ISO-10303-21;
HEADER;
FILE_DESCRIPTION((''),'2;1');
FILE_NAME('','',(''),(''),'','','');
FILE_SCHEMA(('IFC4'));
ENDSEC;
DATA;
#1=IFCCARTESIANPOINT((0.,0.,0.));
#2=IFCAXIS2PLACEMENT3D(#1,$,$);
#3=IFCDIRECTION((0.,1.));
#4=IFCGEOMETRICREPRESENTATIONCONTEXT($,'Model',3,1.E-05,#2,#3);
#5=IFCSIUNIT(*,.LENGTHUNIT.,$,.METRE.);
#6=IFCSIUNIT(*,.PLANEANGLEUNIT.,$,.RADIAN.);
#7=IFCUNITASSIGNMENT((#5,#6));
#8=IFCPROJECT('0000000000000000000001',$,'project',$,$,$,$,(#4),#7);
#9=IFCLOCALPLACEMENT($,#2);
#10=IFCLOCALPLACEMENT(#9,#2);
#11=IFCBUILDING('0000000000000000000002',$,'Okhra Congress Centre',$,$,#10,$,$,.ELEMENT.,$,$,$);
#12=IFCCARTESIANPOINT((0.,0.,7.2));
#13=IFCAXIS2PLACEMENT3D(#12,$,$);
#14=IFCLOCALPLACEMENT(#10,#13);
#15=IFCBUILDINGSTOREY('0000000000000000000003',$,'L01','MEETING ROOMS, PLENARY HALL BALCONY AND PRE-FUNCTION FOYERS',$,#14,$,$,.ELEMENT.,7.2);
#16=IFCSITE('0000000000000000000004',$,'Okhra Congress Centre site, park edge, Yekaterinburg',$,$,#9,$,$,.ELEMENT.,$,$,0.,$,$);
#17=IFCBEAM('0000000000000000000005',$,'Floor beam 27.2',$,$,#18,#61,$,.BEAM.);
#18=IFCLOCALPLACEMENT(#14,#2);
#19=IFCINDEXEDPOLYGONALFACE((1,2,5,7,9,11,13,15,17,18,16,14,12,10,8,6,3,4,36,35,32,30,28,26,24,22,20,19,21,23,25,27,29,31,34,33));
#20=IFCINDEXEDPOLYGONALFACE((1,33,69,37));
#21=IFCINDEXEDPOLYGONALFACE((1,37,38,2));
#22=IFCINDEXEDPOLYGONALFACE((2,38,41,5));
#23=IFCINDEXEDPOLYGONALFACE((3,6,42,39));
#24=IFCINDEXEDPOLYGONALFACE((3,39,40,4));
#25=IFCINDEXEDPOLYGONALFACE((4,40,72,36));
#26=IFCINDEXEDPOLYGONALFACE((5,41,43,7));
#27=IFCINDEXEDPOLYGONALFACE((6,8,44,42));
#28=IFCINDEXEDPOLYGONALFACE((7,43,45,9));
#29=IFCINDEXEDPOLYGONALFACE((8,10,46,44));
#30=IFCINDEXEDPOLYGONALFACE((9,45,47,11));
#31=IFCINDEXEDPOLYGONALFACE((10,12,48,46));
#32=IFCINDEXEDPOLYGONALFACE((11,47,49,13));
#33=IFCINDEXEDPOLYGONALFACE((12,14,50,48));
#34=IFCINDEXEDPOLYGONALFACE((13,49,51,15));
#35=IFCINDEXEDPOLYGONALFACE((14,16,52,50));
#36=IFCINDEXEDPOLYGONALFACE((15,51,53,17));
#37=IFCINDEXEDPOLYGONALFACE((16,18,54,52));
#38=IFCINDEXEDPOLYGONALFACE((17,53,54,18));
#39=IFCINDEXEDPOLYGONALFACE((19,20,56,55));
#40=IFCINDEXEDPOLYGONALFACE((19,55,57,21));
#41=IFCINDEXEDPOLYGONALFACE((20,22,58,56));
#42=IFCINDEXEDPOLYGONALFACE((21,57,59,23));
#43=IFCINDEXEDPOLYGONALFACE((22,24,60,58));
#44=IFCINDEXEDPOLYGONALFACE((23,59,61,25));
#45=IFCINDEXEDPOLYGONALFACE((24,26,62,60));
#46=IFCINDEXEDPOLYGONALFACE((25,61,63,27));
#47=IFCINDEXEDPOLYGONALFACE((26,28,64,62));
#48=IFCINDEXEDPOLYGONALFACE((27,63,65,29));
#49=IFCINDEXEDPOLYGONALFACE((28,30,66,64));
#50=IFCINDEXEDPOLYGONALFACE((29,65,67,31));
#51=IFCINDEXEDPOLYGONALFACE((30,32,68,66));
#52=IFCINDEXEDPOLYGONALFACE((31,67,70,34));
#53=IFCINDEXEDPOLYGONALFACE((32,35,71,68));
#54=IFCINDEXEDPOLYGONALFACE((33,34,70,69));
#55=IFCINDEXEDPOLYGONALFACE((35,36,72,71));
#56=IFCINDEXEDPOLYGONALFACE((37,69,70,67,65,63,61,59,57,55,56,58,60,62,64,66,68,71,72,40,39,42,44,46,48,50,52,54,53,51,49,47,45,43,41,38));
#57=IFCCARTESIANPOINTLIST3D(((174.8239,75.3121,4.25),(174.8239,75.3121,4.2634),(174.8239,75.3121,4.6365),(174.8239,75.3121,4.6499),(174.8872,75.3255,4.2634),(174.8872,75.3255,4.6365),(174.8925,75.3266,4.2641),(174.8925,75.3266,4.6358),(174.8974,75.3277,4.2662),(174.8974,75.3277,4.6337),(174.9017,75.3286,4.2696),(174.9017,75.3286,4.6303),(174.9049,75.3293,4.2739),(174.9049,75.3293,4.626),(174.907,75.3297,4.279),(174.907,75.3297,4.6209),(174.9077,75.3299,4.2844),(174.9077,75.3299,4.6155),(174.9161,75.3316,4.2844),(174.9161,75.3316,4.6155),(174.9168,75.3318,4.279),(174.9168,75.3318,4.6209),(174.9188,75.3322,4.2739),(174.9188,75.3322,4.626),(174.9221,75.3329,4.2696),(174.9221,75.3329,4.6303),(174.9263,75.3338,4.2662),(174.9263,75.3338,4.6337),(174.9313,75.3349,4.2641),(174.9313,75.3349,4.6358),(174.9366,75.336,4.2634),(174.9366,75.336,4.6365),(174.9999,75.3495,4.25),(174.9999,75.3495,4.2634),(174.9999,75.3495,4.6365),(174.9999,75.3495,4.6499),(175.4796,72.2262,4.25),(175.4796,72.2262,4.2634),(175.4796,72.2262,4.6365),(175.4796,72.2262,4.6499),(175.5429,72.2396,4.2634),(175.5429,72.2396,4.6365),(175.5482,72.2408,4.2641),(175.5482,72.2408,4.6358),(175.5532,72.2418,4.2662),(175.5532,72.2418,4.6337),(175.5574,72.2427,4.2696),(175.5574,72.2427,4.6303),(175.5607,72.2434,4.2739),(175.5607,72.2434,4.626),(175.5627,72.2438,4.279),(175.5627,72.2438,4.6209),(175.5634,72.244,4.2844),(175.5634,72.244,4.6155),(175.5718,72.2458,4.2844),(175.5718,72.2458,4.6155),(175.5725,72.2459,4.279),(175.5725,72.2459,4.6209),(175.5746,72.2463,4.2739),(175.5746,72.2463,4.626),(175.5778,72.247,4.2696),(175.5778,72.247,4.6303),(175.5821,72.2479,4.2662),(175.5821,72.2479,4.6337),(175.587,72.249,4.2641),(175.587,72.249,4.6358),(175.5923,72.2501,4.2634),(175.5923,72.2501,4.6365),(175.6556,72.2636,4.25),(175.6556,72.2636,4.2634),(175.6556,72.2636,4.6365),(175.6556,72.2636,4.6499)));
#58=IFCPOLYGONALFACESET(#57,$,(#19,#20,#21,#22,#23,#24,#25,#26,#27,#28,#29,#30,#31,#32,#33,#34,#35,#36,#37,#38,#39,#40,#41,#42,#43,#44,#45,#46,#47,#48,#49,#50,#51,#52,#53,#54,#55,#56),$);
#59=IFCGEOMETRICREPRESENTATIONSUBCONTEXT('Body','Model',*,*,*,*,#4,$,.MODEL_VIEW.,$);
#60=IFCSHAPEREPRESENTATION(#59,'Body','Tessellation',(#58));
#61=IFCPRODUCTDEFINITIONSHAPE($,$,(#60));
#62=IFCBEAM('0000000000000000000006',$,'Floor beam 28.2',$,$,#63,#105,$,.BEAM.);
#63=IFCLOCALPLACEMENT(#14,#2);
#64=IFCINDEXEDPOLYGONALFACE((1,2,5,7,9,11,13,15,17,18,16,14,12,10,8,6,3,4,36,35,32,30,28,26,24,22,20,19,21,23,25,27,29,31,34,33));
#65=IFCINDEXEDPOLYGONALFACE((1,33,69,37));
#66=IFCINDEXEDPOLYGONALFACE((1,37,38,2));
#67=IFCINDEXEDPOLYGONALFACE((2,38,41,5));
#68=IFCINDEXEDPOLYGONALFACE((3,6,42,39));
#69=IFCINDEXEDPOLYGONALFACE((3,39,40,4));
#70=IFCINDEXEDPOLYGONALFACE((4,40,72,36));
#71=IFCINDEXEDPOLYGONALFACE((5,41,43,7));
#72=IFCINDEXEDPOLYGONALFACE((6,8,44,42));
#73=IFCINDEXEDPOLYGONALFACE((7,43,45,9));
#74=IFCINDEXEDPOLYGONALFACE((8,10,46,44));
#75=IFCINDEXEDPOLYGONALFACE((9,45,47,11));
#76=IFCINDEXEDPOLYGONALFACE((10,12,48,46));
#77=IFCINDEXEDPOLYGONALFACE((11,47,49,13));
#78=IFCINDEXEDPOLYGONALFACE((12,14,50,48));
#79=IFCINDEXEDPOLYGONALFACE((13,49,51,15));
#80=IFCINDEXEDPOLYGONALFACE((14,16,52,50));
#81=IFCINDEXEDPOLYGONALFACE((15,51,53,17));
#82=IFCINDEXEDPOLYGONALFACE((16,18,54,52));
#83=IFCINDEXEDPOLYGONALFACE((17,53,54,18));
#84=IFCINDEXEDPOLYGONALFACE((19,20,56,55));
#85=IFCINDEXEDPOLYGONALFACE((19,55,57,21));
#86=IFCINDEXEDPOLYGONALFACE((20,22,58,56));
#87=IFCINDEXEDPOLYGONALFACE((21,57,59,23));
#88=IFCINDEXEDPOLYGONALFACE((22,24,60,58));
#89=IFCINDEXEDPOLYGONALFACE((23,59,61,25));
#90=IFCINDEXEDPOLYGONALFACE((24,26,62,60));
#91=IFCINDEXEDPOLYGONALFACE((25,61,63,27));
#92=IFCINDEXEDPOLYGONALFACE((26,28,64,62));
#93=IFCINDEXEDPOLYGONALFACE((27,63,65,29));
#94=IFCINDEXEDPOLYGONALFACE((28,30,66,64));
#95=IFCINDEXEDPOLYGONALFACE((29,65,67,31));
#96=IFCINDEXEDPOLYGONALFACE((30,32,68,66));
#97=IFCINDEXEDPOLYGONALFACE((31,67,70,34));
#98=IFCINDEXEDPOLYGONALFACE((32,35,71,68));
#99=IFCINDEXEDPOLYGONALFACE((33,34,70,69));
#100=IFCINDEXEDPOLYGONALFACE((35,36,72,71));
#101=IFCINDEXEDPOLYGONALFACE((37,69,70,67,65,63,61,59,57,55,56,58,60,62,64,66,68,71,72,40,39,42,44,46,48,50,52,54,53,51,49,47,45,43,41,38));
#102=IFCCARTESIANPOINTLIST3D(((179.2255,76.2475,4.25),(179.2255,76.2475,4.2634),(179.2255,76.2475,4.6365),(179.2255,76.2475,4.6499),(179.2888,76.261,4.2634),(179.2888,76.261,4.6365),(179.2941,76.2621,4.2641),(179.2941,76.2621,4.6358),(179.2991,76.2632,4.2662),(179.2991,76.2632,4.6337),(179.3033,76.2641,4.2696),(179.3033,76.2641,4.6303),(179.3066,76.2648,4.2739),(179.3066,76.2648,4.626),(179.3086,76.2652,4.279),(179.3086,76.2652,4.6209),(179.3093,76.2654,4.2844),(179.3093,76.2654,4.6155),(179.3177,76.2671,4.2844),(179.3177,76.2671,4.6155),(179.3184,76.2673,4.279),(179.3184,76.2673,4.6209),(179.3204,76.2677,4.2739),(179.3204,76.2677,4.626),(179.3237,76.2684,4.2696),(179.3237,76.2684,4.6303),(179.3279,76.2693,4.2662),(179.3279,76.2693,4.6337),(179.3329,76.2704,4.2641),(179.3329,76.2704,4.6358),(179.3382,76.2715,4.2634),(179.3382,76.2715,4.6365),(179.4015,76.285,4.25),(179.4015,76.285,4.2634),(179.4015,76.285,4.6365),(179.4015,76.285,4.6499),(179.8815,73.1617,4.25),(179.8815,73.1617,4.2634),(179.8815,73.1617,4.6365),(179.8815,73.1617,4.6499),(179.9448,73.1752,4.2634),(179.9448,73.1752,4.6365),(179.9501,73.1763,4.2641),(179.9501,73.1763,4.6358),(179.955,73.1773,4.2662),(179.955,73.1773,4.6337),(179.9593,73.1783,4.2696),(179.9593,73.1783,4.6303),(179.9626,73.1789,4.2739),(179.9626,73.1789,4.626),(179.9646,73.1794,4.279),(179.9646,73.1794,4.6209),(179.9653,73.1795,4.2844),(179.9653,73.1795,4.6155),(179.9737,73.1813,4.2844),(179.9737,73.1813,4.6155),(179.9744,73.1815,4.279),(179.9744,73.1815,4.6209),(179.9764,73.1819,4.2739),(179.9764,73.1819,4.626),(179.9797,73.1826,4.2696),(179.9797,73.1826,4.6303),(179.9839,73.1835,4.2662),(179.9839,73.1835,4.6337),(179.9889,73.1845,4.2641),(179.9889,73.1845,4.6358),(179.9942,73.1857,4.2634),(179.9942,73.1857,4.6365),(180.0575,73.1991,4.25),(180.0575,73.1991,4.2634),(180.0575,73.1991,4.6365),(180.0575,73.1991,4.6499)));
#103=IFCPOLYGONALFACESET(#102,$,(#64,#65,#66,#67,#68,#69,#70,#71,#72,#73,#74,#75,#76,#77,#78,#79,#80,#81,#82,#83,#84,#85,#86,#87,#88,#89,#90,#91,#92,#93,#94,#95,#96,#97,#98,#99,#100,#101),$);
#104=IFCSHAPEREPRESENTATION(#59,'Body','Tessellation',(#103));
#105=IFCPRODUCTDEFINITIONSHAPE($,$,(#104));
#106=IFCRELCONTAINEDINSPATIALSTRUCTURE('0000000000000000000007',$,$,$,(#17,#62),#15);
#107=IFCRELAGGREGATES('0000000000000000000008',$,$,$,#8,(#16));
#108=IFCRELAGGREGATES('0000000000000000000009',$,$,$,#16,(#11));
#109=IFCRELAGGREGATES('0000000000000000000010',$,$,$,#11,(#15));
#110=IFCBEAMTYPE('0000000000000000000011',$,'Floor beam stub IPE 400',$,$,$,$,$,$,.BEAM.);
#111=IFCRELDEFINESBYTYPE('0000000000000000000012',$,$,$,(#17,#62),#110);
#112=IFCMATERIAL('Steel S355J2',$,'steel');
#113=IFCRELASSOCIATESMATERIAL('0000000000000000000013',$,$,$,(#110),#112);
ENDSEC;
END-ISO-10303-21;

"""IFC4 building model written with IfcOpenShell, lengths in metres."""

from ifc_helpers import new_model, si_unit, direction, frame, origin, origin_2d, place, context, subcontext, project, spatial, i_section, extrude, material, material_profile, profile_set, type_object, element, save


model = new_model("IFC4")

# Units and contexts
model_context = context("Model", 3, precision=1e-05, world=origin(), true_north=direction((0.0, 1.0)))
body_context = subcontext(model_context, "Body", "Model", "MODEL_VIEW")
ifc_project = project(units=[si_unit("LENGTHUNIT", "METRE"), si_unit("PLANEANGLEUNIT", "RADIAN")], contexts=[model_context])

# Site, building, storey
site_placement = place(None, origin())
site = spatial("IfcSite", under=ifc_project, at=site_placement, Name="Okhra Congress Centre site, park edge, Yekaterinburg", CompositionType="ELEMENT", RefElevation=0.0)
building_placement = place(site_placement, origin())
building = spatial("IfcBuilding", under=site, at=building_placement, Name="Okhra Congress Centre", CompositionType="ELEMENT")
storey_placement = place(building_placement, frame((0.0, 0.0, 7.2)))
storey = spatial("IfcBuildingStorey", under=building, at=storey_placement, Name="L01", Description="MEETING ROOMS, PLENARY HALL BALCONY AND PRE-FUNCTION FOYERS", CompositionType="ELEMENT", Elevation=7.2)

# Shared definitions
ifc_material_1 = material(Name="Steel S355J2", Category="steel")

# Beams
ifc_material_profile_1 = material_profile(ifc_material_1, i_section(OverallWidth=0.1799, OverallDepth=0.3999, WebThickness=0.0085, FlangeThickness=0.0134, FilletRadius=0.021, at=origin_2d()), Name="IPE 400")
ifc_profile_set_1 = profile_set([ifc_material_profile_1], Name="Steel S355J2")
beam_type_1 = type_object("IfcBeamType", Name="Floor beam stub IPE 400", PredefinedType="BEAM", material=ifc_profile_set_1)
for number, where, z_axis, x_axis, name in (
    (1, (175.5676, 72.2449, 4.45), (-0.207859, 0.978159, 0.0), (-0.978159, -0.207859, 0.0), "Floor beam 27.2"),
    (2, (179.9695, 73.1804, 4.45), (-0.207933, 0.978143, 0.0), (-0.978143, -0.207933, 0.0), "Floor beam 28.2"),
):
    element("IfcBeam", number, at=place(storey_placement, frame(where, z_axis=z_axis, x_axis=x_axis)), inside=storey, type_object=beam_type_1, Name=name, PredefinedType="BEAM", context=body_context, shape_type="SweptSolid", body=[
        extrude(i_section(OverallWidth=0.1799, OverallDepth=0.3999, WebThickness=0.0085, FlangeThickness=0.0134, FilletRadius=0.021, at=origin_2d()), origin(), (0.0, 0.0, 1.0), 3.1548),
    ])

save(model, "model.ifc")
